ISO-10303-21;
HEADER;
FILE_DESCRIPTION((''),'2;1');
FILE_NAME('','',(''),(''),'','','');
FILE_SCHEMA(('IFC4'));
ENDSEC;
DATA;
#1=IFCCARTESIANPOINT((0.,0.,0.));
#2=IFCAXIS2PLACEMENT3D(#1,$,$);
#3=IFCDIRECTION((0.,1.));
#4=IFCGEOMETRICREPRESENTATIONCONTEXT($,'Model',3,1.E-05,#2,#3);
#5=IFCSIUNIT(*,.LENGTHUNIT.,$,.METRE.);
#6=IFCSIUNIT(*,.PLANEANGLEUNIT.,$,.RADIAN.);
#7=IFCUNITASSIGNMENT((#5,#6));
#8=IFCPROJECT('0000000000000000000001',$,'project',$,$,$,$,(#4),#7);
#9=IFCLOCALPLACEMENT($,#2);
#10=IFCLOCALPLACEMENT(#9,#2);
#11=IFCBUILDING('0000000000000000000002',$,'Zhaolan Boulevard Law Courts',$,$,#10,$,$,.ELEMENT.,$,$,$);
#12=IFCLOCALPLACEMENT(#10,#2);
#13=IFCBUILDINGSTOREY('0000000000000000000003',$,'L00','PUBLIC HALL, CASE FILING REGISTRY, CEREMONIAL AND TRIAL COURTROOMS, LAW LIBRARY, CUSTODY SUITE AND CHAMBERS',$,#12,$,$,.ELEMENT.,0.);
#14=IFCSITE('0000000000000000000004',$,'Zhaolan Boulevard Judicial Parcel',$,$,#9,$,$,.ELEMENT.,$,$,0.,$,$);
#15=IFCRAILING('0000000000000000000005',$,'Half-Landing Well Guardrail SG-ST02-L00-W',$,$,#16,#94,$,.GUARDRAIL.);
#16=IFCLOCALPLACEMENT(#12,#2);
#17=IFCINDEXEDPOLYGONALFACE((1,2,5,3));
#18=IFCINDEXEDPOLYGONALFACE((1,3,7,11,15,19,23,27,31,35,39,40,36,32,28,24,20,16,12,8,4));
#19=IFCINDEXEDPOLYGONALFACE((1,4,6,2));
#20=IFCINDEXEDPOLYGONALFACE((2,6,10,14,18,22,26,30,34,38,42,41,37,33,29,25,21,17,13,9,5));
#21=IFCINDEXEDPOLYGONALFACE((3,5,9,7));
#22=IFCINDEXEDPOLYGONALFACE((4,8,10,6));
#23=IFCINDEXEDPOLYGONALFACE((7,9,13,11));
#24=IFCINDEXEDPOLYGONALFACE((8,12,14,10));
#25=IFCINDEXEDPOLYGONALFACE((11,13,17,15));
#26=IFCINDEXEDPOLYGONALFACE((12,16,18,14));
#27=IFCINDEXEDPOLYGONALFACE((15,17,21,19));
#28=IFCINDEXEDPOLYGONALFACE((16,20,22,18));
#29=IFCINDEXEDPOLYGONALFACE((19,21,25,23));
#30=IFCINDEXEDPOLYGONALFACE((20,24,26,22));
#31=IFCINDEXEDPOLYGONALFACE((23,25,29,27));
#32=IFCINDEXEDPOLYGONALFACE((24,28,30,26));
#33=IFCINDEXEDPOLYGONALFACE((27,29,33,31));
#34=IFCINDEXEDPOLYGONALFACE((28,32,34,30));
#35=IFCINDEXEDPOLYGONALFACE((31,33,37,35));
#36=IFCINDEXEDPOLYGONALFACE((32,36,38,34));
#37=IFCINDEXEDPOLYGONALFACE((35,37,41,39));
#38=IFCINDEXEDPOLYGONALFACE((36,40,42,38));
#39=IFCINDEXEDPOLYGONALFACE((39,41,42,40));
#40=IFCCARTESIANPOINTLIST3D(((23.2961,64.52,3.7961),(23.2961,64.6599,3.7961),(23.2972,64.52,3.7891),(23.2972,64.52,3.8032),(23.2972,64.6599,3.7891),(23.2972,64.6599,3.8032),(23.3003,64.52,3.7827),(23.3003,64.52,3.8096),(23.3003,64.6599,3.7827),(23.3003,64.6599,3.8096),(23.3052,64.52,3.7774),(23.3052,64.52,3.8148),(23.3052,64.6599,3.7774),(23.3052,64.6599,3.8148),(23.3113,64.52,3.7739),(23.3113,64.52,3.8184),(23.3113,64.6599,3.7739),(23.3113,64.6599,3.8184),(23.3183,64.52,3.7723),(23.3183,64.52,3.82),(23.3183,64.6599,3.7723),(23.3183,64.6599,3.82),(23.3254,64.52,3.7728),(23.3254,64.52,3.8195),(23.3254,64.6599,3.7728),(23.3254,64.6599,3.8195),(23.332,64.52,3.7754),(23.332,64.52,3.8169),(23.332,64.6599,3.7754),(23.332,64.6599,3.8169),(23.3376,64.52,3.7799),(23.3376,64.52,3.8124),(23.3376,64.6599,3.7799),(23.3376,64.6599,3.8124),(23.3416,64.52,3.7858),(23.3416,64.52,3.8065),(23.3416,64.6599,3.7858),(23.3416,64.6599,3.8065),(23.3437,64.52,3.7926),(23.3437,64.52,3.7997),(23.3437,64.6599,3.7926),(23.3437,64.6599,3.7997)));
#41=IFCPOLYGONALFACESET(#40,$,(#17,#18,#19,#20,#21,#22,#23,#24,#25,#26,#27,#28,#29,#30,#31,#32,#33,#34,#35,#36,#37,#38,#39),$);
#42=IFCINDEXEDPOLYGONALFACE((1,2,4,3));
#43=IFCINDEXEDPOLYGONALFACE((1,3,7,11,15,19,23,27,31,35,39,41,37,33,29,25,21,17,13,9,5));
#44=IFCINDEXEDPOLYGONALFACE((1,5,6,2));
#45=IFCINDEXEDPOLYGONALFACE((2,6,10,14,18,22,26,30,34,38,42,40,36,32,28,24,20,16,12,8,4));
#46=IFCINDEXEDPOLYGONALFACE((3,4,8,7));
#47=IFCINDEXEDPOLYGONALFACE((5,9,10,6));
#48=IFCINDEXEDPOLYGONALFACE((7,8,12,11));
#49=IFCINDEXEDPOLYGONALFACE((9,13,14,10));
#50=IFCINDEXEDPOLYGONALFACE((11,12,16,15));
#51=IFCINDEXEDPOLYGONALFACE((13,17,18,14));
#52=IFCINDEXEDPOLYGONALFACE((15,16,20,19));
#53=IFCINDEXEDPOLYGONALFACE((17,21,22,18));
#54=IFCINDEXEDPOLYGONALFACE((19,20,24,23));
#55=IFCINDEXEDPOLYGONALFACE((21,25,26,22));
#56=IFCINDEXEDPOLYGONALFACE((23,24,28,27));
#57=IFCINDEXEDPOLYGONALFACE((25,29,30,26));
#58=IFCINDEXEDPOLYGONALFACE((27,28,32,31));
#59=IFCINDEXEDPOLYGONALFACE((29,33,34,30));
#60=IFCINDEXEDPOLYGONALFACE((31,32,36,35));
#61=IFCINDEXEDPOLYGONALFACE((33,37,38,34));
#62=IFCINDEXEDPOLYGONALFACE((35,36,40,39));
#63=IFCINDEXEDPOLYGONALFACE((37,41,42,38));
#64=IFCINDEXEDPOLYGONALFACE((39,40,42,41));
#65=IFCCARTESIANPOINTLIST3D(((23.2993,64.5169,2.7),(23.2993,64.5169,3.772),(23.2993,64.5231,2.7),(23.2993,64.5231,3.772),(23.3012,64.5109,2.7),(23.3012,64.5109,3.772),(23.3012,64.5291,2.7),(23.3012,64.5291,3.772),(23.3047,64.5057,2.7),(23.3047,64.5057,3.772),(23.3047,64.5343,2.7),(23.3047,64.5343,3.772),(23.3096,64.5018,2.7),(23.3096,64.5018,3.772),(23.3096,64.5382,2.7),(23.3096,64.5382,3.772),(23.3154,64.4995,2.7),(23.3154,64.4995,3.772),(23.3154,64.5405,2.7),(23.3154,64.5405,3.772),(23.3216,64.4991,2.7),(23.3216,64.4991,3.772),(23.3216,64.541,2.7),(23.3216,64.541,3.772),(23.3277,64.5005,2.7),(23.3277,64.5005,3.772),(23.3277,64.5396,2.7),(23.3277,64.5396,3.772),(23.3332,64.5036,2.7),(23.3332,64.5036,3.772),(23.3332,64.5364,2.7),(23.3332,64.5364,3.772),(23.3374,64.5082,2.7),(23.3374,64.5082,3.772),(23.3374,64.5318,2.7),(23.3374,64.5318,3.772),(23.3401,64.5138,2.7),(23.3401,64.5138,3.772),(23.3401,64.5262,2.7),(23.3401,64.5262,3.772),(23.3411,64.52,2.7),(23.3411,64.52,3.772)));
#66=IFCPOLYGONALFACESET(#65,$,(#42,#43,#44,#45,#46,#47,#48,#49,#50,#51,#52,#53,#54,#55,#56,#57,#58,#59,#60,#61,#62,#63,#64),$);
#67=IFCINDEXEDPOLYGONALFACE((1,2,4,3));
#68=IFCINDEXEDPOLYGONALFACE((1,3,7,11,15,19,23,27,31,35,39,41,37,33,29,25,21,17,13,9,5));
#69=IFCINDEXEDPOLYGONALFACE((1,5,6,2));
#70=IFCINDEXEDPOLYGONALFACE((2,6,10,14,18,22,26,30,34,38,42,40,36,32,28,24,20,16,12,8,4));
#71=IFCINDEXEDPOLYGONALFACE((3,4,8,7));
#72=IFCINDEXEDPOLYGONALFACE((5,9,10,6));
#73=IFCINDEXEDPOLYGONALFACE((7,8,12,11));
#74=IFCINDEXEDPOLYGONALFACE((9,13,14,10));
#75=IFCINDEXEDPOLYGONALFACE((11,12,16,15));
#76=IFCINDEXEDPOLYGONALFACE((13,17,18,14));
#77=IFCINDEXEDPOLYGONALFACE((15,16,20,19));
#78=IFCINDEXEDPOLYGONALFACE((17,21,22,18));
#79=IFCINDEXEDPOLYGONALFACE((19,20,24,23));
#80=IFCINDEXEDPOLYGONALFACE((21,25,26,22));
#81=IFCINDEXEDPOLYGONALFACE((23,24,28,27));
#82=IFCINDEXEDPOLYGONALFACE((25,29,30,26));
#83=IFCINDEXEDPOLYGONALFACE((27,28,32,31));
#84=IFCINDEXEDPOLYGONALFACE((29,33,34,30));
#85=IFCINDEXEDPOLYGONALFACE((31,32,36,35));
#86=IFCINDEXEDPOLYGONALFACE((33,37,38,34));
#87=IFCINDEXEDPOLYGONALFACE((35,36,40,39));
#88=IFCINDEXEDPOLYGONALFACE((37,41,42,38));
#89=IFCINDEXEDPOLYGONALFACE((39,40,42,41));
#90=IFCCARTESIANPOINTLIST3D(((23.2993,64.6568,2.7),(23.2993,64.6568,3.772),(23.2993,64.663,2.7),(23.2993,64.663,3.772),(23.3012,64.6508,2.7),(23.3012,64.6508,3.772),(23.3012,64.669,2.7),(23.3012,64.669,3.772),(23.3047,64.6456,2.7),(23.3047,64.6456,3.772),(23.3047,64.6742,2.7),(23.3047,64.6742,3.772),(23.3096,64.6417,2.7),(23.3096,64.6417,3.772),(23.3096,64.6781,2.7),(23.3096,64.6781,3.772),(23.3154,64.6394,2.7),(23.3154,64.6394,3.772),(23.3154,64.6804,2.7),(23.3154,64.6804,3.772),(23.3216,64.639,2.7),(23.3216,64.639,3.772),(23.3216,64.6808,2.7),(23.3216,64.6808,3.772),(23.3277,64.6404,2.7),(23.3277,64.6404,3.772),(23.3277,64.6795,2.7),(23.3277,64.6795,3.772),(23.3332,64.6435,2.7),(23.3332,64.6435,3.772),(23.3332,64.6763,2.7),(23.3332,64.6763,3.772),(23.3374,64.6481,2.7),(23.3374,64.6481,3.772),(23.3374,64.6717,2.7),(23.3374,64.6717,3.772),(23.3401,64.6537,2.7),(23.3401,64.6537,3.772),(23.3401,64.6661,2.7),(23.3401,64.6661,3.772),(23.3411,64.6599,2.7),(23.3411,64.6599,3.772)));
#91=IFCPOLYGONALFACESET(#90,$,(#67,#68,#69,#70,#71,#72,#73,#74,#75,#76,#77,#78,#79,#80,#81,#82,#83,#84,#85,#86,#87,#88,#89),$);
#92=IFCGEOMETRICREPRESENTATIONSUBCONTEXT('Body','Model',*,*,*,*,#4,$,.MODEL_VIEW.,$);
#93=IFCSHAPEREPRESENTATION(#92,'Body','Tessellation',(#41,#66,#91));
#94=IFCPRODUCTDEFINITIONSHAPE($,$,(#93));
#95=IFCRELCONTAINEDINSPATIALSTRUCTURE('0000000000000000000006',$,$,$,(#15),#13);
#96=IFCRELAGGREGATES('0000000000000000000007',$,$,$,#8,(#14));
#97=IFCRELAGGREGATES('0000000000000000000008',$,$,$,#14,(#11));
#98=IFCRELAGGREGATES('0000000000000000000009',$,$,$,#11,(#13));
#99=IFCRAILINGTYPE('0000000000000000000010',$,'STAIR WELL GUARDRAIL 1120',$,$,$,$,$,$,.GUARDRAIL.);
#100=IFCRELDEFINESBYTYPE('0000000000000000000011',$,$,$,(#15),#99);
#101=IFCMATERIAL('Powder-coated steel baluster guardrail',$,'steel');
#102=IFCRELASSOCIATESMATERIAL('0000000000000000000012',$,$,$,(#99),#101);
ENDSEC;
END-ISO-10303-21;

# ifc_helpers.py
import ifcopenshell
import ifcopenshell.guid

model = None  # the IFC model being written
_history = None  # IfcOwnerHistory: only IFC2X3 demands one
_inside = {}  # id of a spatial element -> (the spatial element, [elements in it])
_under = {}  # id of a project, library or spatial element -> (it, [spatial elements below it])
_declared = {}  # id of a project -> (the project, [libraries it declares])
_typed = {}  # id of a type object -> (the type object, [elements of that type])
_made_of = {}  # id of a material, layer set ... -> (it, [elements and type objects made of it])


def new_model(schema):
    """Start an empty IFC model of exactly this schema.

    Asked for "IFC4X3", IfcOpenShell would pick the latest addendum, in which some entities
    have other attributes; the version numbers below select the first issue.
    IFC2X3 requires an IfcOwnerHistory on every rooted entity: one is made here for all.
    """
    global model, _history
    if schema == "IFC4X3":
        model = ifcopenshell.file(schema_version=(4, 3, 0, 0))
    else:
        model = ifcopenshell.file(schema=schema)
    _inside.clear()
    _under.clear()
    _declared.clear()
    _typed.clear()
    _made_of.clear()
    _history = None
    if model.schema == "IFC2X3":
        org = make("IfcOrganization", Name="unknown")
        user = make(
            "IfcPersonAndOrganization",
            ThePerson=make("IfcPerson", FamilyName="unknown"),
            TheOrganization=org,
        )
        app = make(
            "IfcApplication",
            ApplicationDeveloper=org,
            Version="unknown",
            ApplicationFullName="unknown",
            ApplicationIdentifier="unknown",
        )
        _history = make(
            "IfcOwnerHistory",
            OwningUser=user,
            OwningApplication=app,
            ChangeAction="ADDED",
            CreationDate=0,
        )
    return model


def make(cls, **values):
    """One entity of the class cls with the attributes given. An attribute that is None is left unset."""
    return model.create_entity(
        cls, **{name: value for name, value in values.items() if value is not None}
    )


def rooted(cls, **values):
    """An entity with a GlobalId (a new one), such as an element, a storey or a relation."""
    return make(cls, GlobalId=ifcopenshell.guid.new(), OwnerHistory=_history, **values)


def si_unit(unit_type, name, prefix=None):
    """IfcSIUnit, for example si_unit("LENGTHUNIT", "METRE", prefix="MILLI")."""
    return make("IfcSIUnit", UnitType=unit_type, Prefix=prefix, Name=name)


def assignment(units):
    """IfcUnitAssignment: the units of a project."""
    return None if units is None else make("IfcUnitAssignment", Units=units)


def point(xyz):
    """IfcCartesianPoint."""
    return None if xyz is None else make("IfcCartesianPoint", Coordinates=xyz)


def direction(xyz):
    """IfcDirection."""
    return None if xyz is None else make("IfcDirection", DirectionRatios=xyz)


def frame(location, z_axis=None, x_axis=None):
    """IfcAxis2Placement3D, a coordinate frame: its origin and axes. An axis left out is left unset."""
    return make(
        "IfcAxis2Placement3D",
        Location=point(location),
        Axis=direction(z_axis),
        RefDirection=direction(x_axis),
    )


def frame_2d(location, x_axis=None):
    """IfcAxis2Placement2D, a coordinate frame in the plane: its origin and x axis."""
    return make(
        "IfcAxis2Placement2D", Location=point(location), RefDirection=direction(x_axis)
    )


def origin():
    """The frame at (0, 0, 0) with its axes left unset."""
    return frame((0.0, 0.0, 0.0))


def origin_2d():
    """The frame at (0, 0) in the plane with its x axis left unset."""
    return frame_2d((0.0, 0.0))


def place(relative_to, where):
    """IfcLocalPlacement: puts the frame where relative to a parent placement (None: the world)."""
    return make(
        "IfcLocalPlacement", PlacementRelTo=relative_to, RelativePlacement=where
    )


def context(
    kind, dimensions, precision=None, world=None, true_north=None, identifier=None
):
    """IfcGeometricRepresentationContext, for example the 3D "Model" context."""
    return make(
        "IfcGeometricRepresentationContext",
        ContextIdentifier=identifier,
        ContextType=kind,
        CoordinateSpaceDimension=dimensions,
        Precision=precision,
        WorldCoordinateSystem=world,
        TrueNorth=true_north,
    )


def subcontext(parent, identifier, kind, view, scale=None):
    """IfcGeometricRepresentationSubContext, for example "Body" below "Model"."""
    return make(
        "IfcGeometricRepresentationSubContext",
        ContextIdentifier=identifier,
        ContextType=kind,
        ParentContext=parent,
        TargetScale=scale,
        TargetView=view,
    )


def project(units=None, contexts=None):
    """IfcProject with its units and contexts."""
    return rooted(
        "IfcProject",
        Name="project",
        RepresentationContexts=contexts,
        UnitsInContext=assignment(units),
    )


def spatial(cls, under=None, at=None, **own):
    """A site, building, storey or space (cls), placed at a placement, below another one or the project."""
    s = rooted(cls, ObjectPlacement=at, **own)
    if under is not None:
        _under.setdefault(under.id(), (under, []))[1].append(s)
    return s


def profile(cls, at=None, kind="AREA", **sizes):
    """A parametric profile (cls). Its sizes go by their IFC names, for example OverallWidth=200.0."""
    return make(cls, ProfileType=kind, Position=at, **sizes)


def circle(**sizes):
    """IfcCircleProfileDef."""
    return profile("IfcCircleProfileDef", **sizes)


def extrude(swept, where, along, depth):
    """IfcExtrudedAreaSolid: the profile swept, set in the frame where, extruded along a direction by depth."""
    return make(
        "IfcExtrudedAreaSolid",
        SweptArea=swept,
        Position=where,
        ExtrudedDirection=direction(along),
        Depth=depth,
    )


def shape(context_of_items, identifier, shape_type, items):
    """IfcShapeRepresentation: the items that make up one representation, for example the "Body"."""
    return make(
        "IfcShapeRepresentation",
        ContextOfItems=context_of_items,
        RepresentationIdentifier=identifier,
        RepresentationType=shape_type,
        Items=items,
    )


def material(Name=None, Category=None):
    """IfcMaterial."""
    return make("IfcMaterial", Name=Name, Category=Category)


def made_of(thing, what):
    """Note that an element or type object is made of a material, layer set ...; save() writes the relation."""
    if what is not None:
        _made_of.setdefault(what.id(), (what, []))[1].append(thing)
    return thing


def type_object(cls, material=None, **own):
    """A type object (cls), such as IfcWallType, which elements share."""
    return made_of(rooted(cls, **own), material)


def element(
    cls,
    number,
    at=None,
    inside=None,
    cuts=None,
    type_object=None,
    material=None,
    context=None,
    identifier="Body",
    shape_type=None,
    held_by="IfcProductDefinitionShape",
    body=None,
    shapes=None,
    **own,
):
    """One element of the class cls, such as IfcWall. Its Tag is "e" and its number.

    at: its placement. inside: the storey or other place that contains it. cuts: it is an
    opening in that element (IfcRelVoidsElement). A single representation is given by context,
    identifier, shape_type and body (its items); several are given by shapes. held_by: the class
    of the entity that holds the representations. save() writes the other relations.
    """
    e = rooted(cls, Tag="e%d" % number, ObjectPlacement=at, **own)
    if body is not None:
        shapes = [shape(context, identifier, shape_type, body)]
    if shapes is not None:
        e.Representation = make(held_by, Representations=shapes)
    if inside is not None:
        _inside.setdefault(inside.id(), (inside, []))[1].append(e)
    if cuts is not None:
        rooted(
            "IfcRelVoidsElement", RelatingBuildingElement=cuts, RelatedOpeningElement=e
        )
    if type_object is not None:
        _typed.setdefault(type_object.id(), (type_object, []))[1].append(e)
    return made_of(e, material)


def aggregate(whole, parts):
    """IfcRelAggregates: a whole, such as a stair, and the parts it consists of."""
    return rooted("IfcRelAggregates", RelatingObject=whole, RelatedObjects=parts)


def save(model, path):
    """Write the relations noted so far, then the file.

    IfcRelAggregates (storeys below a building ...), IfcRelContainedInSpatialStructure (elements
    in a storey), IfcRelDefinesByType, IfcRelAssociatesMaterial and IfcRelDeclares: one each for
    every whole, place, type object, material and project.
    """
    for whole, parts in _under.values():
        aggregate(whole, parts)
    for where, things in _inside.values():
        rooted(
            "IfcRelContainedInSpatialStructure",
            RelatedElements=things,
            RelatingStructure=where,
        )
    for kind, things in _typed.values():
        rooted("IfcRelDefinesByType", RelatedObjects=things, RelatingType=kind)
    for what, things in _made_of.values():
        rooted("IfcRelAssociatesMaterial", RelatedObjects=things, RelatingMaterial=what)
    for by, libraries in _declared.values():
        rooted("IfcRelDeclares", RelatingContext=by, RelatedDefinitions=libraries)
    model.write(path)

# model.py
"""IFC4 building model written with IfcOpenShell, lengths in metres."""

from ifc_helpers import new_model, si_unit, direction, frame, origin, origin_2d, place, context, subcontext, project, spatial, circle, extrude, material, type_object, element, save


model = new_model("IFC4")

# Units and contexts
model_context = context("Model", 3, precision=1e-05, world=origin(), true_north=direction((0.0, 1.0)))
body_context = subcontext(model_context, "Body", "Model", "MODEL_VIEW")
ifc_project = project(units=[si_unit("LENGTHUNIT", "METRE"), si_unit("PLANEANGLEUNIT", "RADIAN")], contexts=[model_context])

# Site, building, storey
site_placement = place(None, origin())
site = spatial("IfcSite", under=ifc_project, at=site_placement, Name="Zhaolan Boulevard Judicial Parcel", CompositionType="ELEMENT", RefElevation=0.0)
building_placement = place(site_placement, origin())
building = spatial("IfcBuilding", under=site, at=building_placement, Name="Zhaolan Boulevard Law Courts", CompositionType="ELEMENT")
storey_placement = place(building_placement, origin())
storey = spatial("IfcBuildingStorey", under=building, at=storey_placement, Name="L00", Description="PUBLIC HALL, CASE FILING REGISTRY, CEREMONIAL AND TRIAL COURTROOMS, LAW LIBRARY, CUSTODY SUITE AND CHAMBERS", CompositionType="ELEMENT", Elevation=0.0)

# Railing
ifc_material_1 = material(Name="Powder-coated steel baluster guardrail", Category="steel")
railing_type_1 = type_object("IfcRailingType", Name="STAIR WELL GUARDRAIL 1120", PredefinedType="GUARDRAIL", material=ifc_material_1)
railing_1_placement = place(storey_placement, frame((23.3201, 64.52, 2.7)))
element("IfcRailing", 1, at=railing_1_placement, inside=storey, type_object=railing_type_1, Name="Half-Landing Well Guardrail SG-ST02-L00-W", PredefinedType="GUARDRAIL", context=body_context, shape_type="SweptSolid", body=[
    extrude(circle(Radius=0.0239, at=origin_2d()), frame((0.0, 0.0, 1.0962), z_axis=(0.0, 1.0, 0.0), x_axis=(-1.0, 0.0, 0.0)), (0.0, 0.0, 1.0), 0.1399),
    extrude(circle(Radius=0.021, at=origin_2d()), origin(), (0.0, 0.0, 1.0), 1.072),
    extrude(circle(Radius=0.021, at=origin_2d()), frame((0.0, 0.1399, 0.0)), (0.0, 0.0, 1.0), 1.072),
])

save(model, "model.ifc")
